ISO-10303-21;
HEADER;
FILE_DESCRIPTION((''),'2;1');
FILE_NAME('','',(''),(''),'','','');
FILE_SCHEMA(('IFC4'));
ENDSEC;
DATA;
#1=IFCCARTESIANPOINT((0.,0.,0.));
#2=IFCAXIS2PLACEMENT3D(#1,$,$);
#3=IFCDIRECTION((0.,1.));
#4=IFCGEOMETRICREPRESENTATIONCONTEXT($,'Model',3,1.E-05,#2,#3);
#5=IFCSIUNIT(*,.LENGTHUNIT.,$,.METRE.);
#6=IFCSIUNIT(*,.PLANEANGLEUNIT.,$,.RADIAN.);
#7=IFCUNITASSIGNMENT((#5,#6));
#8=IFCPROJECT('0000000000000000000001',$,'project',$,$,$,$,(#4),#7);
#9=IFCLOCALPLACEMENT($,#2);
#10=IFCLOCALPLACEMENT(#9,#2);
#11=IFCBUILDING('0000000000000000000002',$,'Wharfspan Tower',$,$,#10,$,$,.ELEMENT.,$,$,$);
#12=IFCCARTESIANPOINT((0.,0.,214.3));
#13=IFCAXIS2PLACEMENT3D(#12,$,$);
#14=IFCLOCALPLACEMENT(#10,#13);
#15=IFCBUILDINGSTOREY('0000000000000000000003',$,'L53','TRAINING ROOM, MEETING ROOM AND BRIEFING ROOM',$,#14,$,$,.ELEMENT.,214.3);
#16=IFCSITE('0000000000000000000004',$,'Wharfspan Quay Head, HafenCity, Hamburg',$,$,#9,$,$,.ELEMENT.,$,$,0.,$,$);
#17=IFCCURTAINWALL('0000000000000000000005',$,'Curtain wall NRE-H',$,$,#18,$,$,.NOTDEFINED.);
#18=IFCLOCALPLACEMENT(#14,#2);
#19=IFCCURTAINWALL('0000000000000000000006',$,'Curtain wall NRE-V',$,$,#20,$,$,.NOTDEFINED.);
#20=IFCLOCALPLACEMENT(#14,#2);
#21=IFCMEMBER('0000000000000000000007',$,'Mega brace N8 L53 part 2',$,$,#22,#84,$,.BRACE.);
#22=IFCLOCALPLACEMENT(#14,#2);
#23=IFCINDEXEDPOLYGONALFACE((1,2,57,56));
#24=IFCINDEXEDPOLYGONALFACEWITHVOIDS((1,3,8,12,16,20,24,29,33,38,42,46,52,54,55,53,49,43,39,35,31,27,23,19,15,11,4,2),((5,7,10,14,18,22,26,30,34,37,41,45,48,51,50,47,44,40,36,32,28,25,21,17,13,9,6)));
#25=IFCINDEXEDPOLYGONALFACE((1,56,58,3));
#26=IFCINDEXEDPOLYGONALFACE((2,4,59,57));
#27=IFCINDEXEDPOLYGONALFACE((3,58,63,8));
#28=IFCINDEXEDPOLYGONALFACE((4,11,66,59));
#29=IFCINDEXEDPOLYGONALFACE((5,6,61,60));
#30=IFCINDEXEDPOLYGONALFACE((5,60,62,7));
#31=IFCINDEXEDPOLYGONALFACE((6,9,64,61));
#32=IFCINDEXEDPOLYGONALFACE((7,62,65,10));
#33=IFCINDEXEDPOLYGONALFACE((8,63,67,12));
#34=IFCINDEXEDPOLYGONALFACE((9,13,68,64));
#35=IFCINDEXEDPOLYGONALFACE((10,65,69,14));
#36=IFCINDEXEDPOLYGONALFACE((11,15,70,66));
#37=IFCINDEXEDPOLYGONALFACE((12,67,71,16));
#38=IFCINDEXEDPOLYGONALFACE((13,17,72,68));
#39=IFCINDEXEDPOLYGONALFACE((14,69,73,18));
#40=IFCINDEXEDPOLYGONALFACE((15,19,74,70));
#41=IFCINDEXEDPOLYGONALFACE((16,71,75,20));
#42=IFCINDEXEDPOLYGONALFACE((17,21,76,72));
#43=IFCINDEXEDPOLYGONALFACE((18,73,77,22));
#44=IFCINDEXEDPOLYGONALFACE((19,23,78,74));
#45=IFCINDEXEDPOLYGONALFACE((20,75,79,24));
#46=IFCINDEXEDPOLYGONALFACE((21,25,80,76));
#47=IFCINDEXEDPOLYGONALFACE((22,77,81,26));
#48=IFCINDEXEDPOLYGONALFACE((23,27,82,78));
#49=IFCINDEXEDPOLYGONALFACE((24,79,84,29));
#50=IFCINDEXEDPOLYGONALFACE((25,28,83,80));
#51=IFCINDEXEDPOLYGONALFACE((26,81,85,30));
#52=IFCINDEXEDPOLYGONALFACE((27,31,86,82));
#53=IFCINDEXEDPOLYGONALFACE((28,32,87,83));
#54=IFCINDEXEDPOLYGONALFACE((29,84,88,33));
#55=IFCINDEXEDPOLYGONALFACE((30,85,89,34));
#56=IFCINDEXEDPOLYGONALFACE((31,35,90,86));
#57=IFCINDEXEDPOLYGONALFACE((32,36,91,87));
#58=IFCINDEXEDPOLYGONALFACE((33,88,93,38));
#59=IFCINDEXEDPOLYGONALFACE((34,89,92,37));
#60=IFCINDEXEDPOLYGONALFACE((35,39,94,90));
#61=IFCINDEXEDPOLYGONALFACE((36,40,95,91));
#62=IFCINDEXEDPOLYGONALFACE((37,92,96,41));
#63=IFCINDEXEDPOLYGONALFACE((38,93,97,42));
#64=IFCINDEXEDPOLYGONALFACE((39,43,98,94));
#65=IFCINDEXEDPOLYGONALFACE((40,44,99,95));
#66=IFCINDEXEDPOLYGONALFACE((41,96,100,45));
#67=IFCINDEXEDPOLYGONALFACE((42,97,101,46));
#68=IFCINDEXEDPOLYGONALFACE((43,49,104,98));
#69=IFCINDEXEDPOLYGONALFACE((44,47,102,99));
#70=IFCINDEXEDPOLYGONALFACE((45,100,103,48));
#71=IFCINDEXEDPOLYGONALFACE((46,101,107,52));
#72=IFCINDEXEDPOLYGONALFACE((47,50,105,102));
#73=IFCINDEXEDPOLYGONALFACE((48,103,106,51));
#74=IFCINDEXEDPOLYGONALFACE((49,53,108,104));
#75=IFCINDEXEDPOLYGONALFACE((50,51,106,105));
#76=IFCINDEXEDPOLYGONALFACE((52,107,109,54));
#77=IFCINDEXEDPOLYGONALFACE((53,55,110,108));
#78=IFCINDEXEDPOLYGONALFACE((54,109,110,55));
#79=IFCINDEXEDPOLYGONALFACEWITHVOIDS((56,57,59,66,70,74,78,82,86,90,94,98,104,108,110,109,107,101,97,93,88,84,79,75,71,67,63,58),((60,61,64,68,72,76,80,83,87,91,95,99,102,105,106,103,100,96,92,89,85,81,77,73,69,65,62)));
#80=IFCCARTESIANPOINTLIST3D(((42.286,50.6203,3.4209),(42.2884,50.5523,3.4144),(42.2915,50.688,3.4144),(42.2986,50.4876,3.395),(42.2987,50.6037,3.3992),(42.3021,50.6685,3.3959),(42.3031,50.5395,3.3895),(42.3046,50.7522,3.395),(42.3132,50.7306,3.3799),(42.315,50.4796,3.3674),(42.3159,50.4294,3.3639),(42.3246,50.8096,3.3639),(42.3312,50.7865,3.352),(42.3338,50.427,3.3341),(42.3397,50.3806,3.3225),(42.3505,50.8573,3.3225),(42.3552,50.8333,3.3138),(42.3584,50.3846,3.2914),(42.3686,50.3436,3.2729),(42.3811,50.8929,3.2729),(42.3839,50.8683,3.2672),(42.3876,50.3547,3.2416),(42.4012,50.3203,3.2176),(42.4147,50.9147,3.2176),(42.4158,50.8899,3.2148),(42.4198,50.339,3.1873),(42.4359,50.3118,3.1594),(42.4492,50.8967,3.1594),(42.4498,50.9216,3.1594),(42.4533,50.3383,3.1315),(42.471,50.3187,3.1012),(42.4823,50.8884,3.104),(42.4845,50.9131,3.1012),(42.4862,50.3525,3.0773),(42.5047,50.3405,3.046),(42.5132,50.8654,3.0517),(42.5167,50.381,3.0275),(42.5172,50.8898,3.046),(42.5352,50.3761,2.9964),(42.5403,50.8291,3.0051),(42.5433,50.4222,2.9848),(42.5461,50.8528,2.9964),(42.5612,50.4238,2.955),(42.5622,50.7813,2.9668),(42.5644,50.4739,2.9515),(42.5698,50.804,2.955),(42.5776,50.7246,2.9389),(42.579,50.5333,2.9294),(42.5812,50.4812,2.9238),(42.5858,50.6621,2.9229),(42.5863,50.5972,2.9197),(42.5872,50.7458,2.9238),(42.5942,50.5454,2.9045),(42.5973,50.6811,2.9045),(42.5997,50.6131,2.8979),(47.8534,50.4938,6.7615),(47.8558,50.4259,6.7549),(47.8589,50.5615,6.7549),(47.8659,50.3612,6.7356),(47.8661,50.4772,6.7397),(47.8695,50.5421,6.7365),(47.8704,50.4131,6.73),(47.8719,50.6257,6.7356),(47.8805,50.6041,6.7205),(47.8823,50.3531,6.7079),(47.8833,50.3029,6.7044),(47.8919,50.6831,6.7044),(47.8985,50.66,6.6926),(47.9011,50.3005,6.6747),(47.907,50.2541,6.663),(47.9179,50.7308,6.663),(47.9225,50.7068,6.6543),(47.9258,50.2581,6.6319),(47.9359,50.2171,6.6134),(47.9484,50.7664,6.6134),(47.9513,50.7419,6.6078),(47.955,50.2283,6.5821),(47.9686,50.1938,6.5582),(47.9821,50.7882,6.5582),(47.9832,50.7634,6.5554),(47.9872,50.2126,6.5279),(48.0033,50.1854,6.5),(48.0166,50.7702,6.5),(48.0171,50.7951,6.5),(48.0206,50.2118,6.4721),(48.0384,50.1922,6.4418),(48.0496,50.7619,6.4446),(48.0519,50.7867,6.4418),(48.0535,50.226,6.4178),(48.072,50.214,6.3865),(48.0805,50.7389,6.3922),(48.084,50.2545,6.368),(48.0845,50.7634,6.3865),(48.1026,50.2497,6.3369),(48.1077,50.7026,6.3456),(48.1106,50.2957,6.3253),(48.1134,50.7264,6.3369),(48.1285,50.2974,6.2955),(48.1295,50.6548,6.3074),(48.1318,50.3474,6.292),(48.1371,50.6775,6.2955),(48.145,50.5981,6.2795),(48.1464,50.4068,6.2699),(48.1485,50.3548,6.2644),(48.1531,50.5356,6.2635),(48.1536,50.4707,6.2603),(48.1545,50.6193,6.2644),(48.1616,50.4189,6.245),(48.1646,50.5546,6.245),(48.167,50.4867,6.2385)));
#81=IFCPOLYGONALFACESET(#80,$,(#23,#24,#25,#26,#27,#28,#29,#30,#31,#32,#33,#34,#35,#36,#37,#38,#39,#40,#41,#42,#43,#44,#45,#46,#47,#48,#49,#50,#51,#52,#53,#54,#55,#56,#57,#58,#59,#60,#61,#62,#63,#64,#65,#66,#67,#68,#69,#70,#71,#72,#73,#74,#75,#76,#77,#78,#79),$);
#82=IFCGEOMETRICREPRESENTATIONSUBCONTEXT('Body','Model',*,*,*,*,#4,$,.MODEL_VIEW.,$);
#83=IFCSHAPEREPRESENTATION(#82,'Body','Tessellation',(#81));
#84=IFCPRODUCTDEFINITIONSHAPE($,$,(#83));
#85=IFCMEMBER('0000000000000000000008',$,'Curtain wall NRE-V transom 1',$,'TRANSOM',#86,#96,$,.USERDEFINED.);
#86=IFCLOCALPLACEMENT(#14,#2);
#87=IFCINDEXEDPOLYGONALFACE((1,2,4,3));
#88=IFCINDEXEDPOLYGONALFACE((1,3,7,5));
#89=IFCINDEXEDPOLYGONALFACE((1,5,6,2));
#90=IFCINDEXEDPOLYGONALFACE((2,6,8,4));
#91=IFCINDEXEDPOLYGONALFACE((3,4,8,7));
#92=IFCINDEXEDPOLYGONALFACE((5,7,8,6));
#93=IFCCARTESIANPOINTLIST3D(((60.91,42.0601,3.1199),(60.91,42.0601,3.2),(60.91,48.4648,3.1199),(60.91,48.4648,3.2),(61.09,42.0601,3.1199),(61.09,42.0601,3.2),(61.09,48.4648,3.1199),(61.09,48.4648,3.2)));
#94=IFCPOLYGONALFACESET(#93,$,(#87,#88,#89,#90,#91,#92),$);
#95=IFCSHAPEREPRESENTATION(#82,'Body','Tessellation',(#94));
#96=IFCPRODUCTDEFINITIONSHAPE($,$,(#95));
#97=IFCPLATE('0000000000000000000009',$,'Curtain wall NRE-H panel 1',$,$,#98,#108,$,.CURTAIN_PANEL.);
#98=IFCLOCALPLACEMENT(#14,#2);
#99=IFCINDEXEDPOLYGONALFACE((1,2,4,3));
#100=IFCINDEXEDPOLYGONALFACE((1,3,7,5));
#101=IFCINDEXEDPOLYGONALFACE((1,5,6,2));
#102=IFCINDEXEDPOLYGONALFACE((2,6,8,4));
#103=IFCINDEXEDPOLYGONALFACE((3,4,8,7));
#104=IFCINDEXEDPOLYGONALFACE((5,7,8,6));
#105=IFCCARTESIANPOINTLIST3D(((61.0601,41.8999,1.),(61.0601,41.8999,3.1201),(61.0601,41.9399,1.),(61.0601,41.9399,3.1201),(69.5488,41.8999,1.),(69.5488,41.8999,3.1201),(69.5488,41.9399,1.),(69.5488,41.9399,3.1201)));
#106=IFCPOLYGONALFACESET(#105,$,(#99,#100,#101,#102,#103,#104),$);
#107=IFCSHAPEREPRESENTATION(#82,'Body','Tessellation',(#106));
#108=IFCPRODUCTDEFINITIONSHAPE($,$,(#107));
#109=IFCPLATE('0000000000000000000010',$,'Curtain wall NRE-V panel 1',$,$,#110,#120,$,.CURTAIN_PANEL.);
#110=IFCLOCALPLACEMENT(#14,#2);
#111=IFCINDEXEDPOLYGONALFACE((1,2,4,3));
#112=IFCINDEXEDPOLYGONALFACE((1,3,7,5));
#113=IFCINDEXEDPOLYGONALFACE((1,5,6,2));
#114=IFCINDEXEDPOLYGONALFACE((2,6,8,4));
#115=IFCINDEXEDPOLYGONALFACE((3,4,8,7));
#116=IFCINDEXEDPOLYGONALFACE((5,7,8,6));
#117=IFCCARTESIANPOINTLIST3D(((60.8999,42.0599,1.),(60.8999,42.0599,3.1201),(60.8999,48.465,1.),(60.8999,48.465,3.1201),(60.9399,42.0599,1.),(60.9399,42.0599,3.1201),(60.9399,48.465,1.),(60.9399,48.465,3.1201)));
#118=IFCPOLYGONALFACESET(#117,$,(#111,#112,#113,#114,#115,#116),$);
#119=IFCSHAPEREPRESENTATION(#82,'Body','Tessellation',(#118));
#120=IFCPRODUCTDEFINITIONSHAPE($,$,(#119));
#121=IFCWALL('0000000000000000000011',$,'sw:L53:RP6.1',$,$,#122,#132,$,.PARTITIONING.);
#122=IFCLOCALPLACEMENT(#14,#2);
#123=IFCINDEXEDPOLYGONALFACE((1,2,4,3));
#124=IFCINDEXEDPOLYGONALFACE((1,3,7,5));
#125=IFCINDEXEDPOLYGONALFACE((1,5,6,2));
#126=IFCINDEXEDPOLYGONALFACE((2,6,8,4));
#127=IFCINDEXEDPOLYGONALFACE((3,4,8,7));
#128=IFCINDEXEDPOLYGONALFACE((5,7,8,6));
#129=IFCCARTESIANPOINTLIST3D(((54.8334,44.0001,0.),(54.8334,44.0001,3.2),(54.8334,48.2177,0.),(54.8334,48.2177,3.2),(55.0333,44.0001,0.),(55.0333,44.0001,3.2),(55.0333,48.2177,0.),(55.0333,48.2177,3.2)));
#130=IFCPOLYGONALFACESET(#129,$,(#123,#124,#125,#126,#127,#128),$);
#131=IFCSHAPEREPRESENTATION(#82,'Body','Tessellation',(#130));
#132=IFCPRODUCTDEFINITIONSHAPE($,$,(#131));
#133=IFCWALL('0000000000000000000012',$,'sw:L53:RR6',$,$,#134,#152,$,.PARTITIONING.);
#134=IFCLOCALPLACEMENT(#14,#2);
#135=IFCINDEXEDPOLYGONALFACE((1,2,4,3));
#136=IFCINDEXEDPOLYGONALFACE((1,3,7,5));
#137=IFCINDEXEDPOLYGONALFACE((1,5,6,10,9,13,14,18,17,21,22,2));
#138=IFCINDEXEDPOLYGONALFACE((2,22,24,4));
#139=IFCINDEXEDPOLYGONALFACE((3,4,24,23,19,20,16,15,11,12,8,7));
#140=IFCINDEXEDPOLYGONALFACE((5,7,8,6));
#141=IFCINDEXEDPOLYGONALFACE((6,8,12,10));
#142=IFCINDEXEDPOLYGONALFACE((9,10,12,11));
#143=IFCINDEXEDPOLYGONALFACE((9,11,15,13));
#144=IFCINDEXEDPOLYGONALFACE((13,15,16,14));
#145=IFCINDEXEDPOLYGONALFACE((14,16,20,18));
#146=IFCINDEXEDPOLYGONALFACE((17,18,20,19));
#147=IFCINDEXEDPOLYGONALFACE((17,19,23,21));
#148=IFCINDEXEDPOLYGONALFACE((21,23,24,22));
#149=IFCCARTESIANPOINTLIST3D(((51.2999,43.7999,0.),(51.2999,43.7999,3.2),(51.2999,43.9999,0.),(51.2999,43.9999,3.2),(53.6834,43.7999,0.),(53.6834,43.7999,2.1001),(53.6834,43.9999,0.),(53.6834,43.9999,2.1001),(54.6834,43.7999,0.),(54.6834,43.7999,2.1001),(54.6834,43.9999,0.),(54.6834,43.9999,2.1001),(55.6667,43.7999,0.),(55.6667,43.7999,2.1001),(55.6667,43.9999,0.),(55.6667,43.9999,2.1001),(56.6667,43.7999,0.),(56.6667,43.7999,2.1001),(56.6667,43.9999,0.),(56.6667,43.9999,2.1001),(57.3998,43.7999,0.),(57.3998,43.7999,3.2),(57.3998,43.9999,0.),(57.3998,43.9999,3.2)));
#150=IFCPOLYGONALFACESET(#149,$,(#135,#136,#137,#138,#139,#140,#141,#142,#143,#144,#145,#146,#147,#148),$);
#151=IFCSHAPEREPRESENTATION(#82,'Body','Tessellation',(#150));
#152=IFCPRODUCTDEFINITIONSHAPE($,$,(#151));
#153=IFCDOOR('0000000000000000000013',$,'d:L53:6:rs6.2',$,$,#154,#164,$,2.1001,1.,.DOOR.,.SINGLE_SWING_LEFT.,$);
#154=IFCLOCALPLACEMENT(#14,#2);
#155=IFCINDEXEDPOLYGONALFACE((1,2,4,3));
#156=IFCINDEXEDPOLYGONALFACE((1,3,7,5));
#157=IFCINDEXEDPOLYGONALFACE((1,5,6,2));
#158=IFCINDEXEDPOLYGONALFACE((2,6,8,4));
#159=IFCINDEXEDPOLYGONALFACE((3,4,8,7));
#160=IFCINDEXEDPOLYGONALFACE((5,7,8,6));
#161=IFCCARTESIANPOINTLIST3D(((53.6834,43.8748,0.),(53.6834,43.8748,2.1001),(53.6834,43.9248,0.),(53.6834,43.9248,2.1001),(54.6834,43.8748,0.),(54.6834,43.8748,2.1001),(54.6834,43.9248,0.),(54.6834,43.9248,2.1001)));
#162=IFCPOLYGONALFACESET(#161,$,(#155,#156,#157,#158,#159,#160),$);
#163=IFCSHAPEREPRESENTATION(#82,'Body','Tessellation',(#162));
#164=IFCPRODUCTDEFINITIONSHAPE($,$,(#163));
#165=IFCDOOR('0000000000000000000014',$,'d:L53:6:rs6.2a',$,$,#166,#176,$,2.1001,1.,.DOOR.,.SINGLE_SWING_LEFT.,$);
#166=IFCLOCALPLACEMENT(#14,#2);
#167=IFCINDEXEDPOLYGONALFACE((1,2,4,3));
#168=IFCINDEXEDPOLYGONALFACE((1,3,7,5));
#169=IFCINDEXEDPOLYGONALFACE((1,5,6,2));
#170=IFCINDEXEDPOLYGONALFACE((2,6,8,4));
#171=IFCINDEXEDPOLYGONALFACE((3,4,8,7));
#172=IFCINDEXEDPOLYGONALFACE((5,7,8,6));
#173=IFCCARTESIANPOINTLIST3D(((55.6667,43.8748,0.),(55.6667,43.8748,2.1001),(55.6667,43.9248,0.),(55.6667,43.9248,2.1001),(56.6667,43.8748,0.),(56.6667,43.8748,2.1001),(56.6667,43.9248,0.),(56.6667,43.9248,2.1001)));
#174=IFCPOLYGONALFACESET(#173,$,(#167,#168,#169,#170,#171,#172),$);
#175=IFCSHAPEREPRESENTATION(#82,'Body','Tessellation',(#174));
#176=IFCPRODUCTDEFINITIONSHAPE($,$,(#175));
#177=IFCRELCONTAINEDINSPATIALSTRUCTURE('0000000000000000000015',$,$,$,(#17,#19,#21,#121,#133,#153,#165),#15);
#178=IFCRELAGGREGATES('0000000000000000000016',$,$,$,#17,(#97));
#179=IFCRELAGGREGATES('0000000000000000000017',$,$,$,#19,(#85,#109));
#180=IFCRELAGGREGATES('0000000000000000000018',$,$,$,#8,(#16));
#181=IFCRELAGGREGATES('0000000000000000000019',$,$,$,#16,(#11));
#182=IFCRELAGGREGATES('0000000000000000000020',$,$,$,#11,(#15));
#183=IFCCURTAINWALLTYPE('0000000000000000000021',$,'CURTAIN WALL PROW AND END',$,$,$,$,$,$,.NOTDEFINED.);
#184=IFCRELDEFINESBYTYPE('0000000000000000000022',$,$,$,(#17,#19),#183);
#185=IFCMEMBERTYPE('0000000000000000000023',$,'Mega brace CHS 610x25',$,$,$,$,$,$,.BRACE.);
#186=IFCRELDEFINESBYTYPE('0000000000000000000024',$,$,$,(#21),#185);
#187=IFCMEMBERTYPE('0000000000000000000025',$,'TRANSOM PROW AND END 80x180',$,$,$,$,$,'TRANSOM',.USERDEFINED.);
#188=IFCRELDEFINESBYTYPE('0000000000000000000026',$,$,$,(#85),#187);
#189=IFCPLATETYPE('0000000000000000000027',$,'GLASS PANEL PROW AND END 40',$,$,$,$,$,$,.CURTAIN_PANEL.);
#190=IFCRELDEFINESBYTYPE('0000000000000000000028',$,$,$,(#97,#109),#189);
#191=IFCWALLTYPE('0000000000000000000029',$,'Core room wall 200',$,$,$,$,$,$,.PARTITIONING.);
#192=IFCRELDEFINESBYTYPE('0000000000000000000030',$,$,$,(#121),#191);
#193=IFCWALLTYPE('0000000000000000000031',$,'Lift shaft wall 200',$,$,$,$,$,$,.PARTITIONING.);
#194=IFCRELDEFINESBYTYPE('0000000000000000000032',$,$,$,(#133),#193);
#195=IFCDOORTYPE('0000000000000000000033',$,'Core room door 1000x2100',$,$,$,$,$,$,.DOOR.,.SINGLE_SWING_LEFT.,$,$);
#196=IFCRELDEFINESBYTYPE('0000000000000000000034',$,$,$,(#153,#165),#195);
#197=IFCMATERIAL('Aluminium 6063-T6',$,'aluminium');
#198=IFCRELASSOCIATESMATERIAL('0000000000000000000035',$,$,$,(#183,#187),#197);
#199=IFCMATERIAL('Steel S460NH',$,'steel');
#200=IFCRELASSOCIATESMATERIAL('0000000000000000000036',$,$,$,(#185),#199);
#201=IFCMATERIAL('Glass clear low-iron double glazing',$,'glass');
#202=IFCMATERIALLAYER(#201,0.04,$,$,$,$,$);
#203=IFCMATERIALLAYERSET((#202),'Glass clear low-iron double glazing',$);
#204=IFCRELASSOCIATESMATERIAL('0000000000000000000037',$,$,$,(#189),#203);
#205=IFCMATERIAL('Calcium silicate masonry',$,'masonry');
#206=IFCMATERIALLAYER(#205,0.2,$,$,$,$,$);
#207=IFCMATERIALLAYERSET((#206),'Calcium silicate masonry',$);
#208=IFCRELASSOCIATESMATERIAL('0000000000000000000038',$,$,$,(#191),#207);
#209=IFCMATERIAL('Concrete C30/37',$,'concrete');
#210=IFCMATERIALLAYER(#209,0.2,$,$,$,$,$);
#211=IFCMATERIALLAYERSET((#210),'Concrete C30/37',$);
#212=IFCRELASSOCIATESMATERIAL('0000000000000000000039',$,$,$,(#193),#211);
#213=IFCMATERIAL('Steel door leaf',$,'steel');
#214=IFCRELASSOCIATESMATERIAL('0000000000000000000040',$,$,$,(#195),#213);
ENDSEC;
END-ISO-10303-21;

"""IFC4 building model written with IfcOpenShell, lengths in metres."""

from ifc_helpers import new_model, si_unit, direction, frame, frame_2d, origin, origin_2d, place, context, subcontext, project, spatial, rectangle, hollow_circle, extrude, material, layer, layer_set, material_profile, profile_set, type_object, element, fill, aggregate, save


model = new_model("IFC4")

# Units and contexts
model_context = context("Model", 3, precision=1e-05, world=origin(), true_north=direction((0.0, 1.0)))
body_context = subcontext(model_context, "Body", "Model", "MODEL_VIEW")
ifc_project = project(units=[si_unit("LENGTHUNIT", "METRE"), si_unit("PLANEANGLEUNIT", "RADIAN")], contexts=[model_context])

# Site, building, storey
site_placement = place(None, origin())
site = spatial("IfcSite", under=ifc_project, at=site_placement, Name="Wharfspan Quay Head, HafenCity, Hamburg", CompositionType="ELEMENT", RefElevation=0.0)
building_placement = place(site_placement, origin())
building = spatial("IfcBuilding", under=site, at=building_placement, Name="Wharfspan Tower", CompositionType="ELEMENT")
storey_placement = place(building_placement, frame((0.0, 0.0, 214.3)))
storey = spatial("IfcBuildingStorey", under=building, at=storey_placement, Name="L53", Description="TRAINING ROOM, MEETING ROOM AND BRIEFING ROOM", CompositionType="ELEMENT", Elevation=214.3)

# Curtain wall
ifc_material_1 = material(Name="Aluminium 6063-T6", Category="aluminium")
curtain_wall_type = type_object("IfcCurtainWallType", Name="CURTAIN WALL PROW AND END", PredefinedType="NOTDEFINED", material=ifc_material_1)
curtain_wall_1_placement = place(storey_placement, origin())
curtain_wall_1 = element("IfcCurtainWall", 1, at=curtain_wall_1_placement, inside=storey, type_object=curtain_wall_type, Name="Curtain wall NRE-H", PredefinedType="NOTDEFINED")

# Curtain wall
curtain_wall_2_placement = place(storey_placement, origin())
curtain_wall_2 = element("IfcCurtainWall", 2, at=curtain_wall_2_placement, inside=storey, type_object=curtain_wall_type, Name="Curtain wall NRE-V", PredefinedType="NOTDEFINED")

# Members
ifc_material_2 = material(Name="Steel S460NH", Category="steel")
ifc_material_profile_1 = material_profile(ifc_material_2, hollow_circle(Radius=0.3049, WallThickness=0.0249, at=origin_2d()))
ifc_profile_set_1 = profile_set([ifc_material_profile_1], Name="Steel S460NH")
member_type_1 = type_object("IfcMemberType", Name="Mega brace CHS 610x25", PredefinedType="BRACE", material=ifc_profile_set_1)
member_1_placement = place(storey_placement, frame((42.4429, 50.6167, 3.1594), z_axis=(0.85732, -0.019474, 0.514415), x_axis=(0.022708, 0.999746, 0.000002)))
element("IfcMember", 3, at=member_1_placement, inside=storey, type_object=member_type_1, Name="Mega brace N8 L53 part 2", PredefinedType="BRACE", context=body_context, shape_type="SweptSolid", body=[
    extrude(hollow_circle(Radius=0.3049, WallThickness=0.0249, at=origin_2d()), origin(), (0.0, 0.0, 1.0), 6.4939),
])
ifc_material_profile_2 = material_profile(ifc_material_1, rectangle(XDim=0.1799, YDim=0.0801, at=origin_2d()))
ifc_profile_set_2 = profile_set([ifc_material_profile_2], Name="Aluminium 6063-T6")
member_type_2 = type_object("IfcMemberType", Name="TRANSOM PROW AND END 80x180", ElementType="TRANSOM", PredefinedType="USERDEFINED", material=ifc_profile_set_2)
member_2_placement = place(storey_placement, frame((61.0, 42.0601, 3.1599), z_axis=(0.0, 1.0, 0.0), x_axis=(-1.0, 0.0, 0.0)))
member_2 = element("IfcMember", 4, at=member_2_placement, type_object=member_type_2, Name="Curtain wall NRE-V transom 1", ObjectType="TRANSOM", PredefinedType="USERDEFINED", context=body_context, shape_type="SweptSolid", body=[
    extrude(rectangle(XDim=0.1799, YDim=0.0801, at=origin_2d()), origin(), (0.0, 0.0, 1.0), 6.4048),
])

# Plates
ifc_material_3 = material(Name="Glass clear low-iron double glazing", Category="glass")
ifc_layer_1 = layer(ifc_material_3, 0.04)
ifc_layer_set_1 = layer_set([ifc_layer_1], Name="Glass clear low-iron double glazing")
plate_type = type_object("IfcPlateType", Name="GLASS PANEL PROW AND END 40", PredefinedType="CURTAIN_PANEL", material=ifc_layer_set_1)
plate_1_placement = place(storey_placement, frame((65.3044, 41.9199, 1.0), z_axis=(0.0, 0.0, 1.0), x_axis=(-1.0, 0.0, 0.0)))
plate_1 = element("IfcPlate", 5, at=plate_1_placement, type_object=plate_type, Name="Curtain wall NRE-H panel 1", PredefinedType="CURTAIN_PANEL", context=body_context, shape_type="SweptSolid", body=[
    extrude(rectangle(XDim=8.4888, YDim=0.04, at=origin_2d()), origin(), (0.0, 0.0, 1.0), 2.1201),
])
aggregate(curtain_wall_1, [plate_1])
plate_2_placement = place(storey_placement, frame((60.9199, 45.2625, 1.0), z_axis=(0.0, 0.0, 1.0), x_axis=(0.0, 1.0, 0.0)))
plate_2 = element("IfcPlate", 6, at=plate_2_placement, type_object=plate_type, Name="Curtain wall NRE-V panel 1", PredefinedType="CURTAIN_PANEL", context=body_context, shape_type="SweptSolid", body=[
    extrude(rectangle(XDim=6.405, YDim=0.04, at=origin_2d()), origin(), (0.0, 0.0, 1.0), 2.1201),
])
aggregate(curtain_wall_2, [member_2, plate_2])

# Wall
ifc_material_4 = material(Name="Calcium silicate masonry", Category="masonry")
ifc_layer_2 = layer(ifc_material_4, 0.2)
ifc_layer_set_2 = layer_set([ifc_layer_2], Name="Calcium silicate masonry")
wall_type_1 = type_object("IfcWallType", Name="Core room wall 200", PredefinedType="PARTITIONING", material=ifc_layer_set_2)
wall_1_placement = place(storey_placement, frame((54.9333, 44.0, 0.0), z_axis=(0.0, 0.0, 1.0), x_axis=(0.0, 1.0, 0.0)))
element("IfcWall", 7, at=wall_1_placement, inside=storey, type_object=wall_type_1, Name="sw:L53:RP6.1", PredefinedType="PARTITIONING", context=body_context, shape_type="SweptSolid", body=[
    extrude(rectangle(XDim=4.2175, YDim=0.2, at=frame_2d((2.1089, 0.0))), origin(), (0.0, 0.0, 1.0), 3.2),
])

# Wall, openings, doors
ifc_material_5 = material(Name="Concrete C30/37", Category="concrete")
ifc_layer_3 = layer(ifc_material_5, 0.2)
ifc_layer_set_3 = layer_set([ifc_layer_3], Name="Concrete C30/37")
wall_type_2 = type_object("IfcWallType", Name="Lift shaft wall 200", PredefinedType="PARTITIONING", material=ifc_layer_set_3)
wall_2_placement = place(storey_placement, frame((51.3, 43.8999, 0.0), z_axis=(0.0, 0.0, 1.0), x_axis=(1.0, 0.0, 0.0)))
wall_2 = element("IfcWall", 8, at=wall_2_placement, inside=storey, type_object=wall_type_2, Name="sw:L53:RR6", PredefinedType="PARTITIONING", context=body_context, shape_type="SweptSolid", body=[
    extrude(rectangle(XDim=6.0999, YDim=0.2, at=frame_2d((3.0498, 0.0))), origin(), (0.0, 0.0, 1.0), 3.2),
])
opening_1_placement = place(wall_2_placement, frame((2.3833, 0.0, 0.0)))
opening_1 = element("IfcOpeningElement", 9, at=opening_1_placement, cuts=wall_2, PredefinedType="OPENING", context=body_context, shape_type="SweptSolid", body=[
    extrude(rectangle(XDim=1.0, YDim=2.1001, at=frame_2d((0.5, 1.05))), frame((0.0, 0.1099, 0.0), z_axis=(0.0, -1.0, 0.0), x_axis=(1.0, 0.0, 0.0)), (0.0, 0.0, 1.0), 0.22),
])
opening_2_placement = place(wall_2_placement, frame((4.3667, 0.0, 0.0)))
opening_2 = element("IfcOpeningElement", 10, at=opening_2_placement, cuts=wall_2, PredefinedType="OPENING", context=body_context, shape_type="SweptSolid", body=[
    extrude(rectangle(XDim=1.0, YDim=2.1001, at=frame_2d((0.5, 1.05))), frame((0.0, 0.1099, 0.0), z_axis=(0.0, -1.0, 0.0), x_axis=(1.0, 0.0, 0.0)), (0.0, 0.0, 1.0), 0.22),
])
ifc_material_6 = material(Name="Steel door leaf", Category="steel")
door_type = type_object("IfcDoorType", Name="Core room door 1000x2100", OperationType="SINGLE_SWING_LEFT", PredefinedType="DOOR", material=ifc_material_6)
door_1_placement = place(opening_1_placement, origin())
door_1 = element("IfcDoor", 11, at=door_1_placement, inside=storey, type_object=door_type, Name="d:L53:6:rs6.2", OperationType="SINGLE_SWING_LEFT", OverallHeight=2.1001, OverallWidth=1.0, PredefinedType="DOOR", context=body_context, shape_type="SweptSolid", body=[
    extrude(rectangle(XDim=1.0, YDim=2.1001, at=frame_2d((0.5, 1.05))), frame((0.0, 0.0249, 0.0), z_axis=(0.0, -1.0, 0.0), x_axis=(1.0, 0.0, 0.0)), (0.0, 0.0, 1.0), 0.05),
])
fill(opening_1, door_1)
door_2_placement = place(opening_2_placement, origin())
door_2 = element("IfcDoor", 12, at=door_2_placement, inside=storey, type_object=door_type, Name="d:L53:6:rs6.2a", OperationType="SINGLE_SWING_LEFT", OverallHeight=2.1001, OverallWidth=1.0, PredefinedType="DOOR", context=body_context, shape_type="SweptSolid", body=[
    extrude(rectangle(XDim=1.0, YDim=2.1001, at=frame_2d((0.5, 1.05))), frame((0.0, 0.0249, 0.0), z_axis=(0.0, -1.0, 0.0), x_axis=(1.0, 0.0, 0.0)), (0.0, 0.0, 1.0), 0.05),
])
fill(opening_2, door_2)

save(model, "model.ifc")
